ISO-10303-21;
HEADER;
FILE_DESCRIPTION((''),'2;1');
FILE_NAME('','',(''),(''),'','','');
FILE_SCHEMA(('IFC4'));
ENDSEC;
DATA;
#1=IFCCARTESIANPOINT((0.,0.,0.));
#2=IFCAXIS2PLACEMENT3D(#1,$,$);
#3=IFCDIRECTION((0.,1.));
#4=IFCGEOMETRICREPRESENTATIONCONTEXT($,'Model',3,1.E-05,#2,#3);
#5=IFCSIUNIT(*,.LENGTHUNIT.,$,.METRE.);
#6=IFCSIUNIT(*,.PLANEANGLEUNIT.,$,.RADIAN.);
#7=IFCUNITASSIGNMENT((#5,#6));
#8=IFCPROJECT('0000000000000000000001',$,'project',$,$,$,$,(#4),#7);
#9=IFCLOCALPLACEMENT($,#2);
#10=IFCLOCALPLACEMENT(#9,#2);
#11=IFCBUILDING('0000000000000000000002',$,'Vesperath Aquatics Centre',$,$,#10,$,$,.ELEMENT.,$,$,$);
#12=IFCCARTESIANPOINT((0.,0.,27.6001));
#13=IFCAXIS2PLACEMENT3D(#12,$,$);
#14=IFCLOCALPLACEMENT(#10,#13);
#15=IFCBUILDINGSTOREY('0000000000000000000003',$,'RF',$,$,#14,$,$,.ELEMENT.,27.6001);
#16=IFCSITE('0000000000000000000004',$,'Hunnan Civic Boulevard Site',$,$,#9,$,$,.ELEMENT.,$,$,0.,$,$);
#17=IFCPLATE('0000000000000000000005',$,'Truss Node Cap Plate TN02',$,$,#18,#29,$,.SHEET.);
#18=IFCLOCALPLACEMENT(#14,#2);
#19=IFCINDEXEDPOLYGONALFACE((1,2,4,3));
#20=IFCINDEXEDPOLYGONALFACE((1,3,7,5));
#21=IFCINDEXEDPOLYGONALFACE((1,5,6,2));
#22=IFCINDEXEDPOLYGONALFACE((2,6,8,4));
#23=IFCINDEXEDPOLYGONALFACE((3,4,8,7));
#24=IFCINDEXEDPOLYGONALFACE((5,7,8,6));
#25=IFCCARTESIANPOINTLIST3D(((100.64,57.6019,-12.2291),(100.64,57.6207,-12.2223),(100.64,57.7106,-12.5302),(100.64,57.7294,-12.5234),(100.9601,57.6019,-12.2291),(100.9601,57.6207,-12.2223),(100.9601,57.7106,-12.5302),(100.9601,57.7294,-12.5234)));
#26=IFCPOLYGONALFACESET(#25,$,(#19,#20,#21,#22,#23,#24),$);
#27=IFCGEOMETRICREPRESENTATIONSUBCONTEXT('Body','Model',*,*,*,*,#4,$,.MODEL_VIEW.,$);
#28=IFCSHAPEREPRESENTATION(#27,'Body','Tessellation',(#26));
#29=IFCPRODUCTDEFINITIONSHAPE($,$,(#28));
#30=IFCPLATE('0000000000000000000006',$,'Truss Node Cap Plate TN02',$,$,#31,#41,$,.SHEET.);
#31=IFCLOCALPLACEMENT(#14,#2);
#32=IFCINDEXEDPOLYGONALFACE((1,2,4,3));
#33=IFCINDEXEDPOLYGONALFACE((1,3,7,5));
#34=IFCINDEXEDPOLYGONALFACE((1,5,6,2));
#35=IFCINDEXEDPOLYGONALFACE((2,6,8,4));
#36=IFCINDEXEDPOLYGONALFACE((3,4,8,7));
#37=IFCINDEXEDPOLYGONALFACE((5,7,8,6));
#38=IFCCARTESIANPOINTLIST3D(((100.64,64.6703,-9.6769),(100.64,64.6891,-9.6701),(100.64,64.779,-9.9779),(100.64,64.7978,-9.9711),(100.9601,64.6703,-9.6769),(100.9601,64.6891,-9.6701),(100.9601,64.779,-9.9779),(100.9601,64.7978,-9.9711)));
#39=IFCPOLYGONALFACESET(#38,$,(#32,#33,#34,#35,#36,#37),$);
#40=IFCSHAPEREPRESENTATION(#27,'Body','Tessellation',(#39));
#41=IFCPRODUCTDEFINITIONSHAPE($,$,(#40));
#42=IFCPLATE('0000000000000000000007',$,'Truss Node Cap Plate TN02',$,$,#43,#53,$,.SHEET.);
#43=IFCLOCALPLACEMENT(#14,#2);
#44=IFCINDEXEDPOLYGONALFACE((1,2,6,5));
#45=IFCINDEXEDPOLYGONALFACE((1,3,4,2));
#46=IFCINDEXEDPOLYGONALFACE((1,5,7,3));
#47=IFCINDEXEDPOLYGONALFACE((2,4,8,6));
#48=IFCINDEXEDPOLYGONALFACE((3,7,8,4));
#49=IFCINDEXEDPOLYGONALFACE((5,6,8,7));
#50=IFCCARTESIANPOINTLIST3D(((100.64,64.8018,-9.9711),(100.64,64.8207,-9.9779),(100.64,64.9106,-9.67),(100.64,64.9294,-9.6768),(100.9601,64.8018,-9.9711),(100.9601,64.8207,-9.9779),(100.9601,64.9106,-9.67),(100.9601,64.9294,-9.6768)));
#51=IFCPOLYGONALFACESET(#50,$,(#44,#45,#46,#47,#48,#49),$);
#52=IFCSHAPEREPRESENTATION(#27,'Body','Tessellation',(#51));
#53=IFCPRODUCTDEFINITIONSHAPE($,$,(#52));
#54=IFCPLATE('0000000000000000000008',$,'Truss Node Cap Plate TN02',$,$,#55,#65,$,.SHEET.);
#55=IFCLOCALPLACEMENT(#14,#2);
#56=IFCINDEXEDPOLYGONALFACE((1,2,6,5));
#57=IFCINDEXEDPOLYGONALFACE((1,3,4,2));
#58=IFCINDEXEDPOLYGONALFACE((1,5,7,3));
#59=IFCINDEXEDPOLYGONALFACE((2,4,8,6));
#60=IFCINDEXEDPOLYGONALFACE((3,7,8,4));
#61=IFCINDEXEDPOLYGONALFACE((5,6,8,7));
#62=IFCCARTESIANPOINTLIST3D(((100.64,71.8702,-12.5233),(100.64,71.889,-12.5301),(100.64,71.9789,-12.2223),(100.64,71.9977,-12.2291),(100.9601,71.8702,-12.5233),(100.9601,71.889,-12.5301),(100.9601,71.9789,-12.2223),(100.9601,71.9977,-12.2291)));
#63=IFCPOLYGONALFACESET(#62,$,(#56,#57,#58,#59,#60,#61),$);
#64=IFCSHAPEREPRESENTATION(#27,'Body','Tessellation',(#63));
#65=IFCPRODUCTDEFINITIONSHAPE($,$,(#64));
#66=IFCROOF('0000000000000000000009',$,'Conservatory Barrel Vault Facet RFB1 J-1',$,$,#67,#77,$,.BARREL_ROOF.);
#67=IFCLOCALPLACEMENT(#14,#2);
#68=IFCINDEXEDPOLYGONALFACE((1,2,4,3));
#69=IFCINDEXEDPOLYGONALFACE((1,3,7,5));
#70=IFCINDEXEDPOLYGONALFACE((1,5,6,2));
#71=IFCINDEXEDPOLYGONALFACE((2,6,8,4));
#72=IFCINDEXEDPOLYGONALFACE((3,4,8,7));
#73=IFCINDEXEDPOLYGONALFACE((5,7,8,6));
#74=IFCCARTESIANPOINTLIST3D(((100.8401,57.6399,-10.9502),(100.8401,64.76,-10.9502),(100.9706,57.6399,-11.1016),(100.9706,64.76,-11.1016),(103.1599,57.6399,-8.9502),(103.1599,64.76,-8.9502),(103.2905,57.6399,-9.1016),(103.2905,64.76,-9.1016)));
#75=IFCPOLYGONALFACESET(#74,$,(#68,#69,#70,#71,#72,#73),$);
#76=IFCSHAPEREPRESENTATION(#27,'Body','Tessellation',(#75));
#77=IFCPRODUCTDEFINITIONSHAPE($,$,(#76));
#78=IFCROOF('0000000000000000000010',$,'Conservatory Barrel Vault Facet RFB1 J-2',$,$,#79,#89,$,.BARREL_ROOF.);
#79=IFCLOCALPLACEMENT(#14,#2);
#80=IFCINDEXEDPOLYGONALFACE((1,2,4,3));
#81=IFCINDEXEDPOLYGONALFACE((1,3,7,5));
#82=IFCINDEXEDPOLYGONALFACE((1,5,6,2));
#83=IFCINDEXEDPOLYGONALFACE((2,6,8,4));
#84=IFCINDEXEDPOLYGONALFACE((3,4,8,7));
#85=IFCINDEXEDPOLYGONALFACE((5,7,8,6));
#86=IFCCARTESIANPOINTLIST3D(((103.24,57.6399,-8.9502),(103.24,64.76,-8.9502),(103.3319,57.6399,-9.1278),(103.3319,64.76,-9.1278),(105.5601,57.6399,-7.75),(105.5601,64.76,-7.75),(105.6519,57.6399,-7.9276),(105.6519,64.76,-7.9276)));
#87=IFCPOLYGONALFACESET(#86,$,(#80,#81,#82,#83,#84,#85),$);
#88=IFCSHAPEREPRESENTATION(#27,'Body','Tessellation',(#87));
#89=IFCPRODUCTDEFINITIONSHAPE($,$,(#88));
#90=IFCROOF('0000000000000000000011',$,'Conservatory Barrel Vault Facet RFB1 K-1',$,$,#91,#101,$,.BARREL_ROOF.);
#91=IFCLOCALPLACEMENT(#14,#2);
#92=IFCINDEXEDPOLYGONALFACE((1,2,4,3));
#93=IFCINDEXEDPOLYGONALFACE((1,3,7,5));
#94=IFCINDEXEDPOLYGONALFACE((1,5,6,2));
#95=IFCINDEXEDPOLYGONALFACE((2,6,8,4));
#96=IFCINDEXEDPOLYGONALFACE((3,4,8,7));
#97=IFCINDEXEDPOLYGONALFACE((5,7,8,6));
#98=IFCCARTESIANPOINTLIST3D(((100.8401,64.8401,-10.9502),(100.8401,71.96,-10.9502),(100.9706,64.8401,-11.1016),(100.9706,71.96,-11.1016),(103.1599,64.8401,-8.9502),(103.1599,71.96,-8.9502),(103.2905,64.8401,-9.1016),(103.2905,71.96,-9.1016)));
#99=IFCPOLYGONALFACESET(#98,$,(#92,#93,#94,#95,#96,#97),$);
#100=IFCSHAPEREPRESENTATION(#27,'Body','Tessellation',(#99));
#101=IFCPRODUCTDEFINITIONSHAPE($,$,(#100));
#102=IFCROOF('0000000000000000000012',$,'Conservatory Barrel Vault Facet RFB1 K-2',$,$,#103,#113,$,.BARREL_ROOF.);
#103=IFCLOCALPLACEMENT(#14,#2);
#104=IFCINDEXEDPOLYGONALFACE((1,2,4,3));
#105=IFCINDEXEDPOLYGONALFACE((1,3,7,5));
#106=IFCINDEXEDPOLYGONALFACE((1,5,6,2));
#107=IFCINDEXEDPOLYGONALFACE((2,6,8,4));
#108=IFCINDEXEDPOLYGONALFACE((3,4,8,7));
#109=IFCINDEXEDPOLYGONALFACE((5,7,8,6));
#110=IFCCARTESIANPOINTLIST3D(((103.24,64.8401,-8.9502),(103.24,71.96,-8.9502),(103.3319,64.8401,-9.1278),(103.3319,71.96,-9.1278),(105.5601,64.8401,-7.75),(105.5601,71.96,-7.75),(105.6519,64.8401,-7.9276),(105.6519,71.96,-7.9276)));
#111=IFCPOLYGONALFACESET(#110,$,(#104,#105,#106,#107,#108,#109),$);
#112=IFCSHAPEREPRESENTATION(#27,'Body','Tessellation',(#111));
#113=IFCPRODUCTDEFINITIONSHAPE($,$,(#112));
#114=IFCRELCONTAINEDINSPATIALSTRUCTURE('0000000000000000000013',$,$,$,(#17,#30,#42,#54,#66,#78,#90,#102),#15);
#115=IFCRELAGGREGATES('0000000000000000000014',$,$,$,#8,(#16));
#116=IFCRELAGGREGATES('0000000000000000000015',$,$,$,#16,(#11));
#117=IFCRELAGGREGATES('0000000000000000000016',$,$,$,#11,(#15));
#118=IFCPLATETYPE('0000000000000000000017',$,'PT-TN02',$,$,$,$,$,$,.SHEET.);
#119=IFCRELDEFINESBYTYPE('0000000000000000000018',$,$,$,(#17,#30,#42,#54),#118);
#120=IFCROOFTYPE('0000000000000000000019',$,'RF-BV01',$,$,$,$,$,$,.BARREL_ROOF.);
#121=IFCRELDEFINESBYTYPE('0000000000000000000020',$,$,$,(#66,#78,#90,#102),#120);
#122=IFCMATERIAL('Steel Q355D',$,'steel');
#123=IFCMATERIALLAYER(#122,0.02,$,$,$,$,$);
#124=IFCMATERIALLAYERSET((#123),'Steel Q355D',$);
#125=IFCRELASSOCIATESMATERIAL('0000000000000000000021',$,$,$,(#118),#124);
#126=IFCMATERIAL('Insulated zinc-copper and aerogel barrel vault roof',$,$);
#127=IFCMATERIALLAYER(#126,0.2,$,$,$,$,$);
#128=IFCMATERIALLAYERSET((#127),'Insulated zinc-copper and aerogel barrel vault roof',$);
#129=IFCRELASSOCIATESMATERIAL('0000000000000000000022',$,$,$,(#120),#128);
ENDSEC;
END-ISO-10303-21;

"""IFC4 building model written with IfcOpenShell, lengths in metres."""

from ifc_helpers import new_model, si_unit, direction, frame, origin, origin_2d, place, context, subcontext, project, spatial, polyline, rectangle, outline, extrude, material, layer, layer_set, type_object, element, save


model = new_model("IFC4")

# Units and contexts
model_context = context("Model", 3, precision=1e-05, world=origin(), true_north=direction((0.0, 1.0)))
body_context = subcontext(model_context, "Body", "Model", "MODEL_VIEW")
ifc_project = project(units=[si_unit("LENGTHUNIT", "METRE"), si_unit("PLANEANGLEUNIT", "RADIAN")], contexts=[model_context])

# Site, building, storey
site_placement = place(None, origin())
site = spatial("IfcSite", under=ifc_project, at=site_placement, Name="Hunnan Civic Boulevard Site", CompositionType="ELEMENT", RefElevation=0.0)
building_placement = place(site_placement, origin())
building = spatial("IfcBuilding", under=site, at=building_placement, Name="Vesperath Aquatics Centre", CompositionType="ELEMENT")
storey_placement = place(building_placement, frame((0.0, 0.0, 27.6001)))
storey = spatial("IfcBuildingStorey", under=building, at=storey_placement, Name="RF", CompositionType="ELEMENT", Elevation=27.6001)

# Shared definitions
ifc_material_1 = material(Name="Steel Q355D", Category="steel")

# Plates
ifc_layer_1 = layer(ifc_material_1, 0.02)
ifc_layer_set_1 = layer_set([ifc_layer_1], Name="Steel Q355D")
plate_type = type_object("IfcPlateType", Name="PT-TN02", PredefinedType="SHEET", material=ifc_layer_set_1)
for number, where, z_axis, x_axis, name in (
    (1, (100.8, 57.6562, -12.3796), (0.0, 0.940554, 0.339644), (-1.0, 0.0, 0.0), "Truss Node Cap Plate TN02"),
    (2, (100.8, 64.7246, -9.8274), (0.0, 0.940554, 0.339644), (-1.0, 0.0, 0.0), "Truss Node Cap Plate TN02"),
    (3, (100.8, 64.8562, -9.8206), (0.0, 0.940554, -0.339644), (-1.0, 0.0, 0.0), "Truss Node Cap Plate TN02"),
    (4, (100.8, 71.9246, -12.3728), (0.0, 0.940554, -0.339644), (-1.0, 0.0, 0.0), "Truss Node Cap Plate TN02"),
):
    element("IfcPlate", number, at=place(storey_placement, frame(where, z_axis=z_axis, x_axis=x_axis)), inside=storey, type_object=plate_type, Name=name, PredefinedType="SHEET", context=body_context, shape_type="SweptSolid", body=[
        extrude(rectangle(XDim=0.3201, YDim=0.3201, at=origin_2d()), origin(), (0.0, 0.0, 1.0), 0.02),
    ])

# Roofs
ifc_material_2 = material(Name="Insulated zinc-copper and aerogel barrel vault roof")
ifc_layer_2 = layer(ifc_material_2, 0.2)
ifc_layer_set_2 = layer_set([ifc_layer_2], Name="Insulated zinc-copper and aerogel barrel vault roof")
roof_type = type_object("IfcRoofType", Name="RF-BV01", PredefinedType="BARREL_ROOF", material=ifc_layer_set_2)
roof_1_placement = place(storey_placement, frame((100.8401, 57.6399, -10.9502), z_axis=(-0.652968, 0.0, 0.757385), x_axis=(0.757385, 0.0, 0.652968)))
element("IfcRoof", 5, at=roof_1_placement, inside=storey, type_object=roof_type, Name="Conservatory Barrel Vault Facet RFB1 J-1", PredefinedType="BARREL_ROOF", context=body_context, shape_type="SweptSolid", body=[
    extrude(outline(polyline([(0.0, 0.0), (3.0629, 0.0), (3.0629, 7.1201), (0.0, 7.1201), (0.0, 0.0)])), origin(), (0.0, 0.0, -1.0), 0.2),
])
roof_2_placement = place(storey_placement, frame((103.24, 57.6399, -8.9502), z_axis=(-0.459471, 0.0, 0.888193), x_axis=(0.888193, 0.0, 0.459471)))
element("IfcRoof", 6, at=roof_2_placement, inside=storey, type_object=roof_type, Name="Conservatory Barrel Vault Facet RFB1 J-2", PredefinedType="BARREL_ROOF", context=body_context, shape_type="SweptSolid", body=[
    extrude(outline(polyline([(0.0, 0.0), (2.6121, 0.0), (2.6121, 7.1201), (0.0, 7.1201), (0.0, 0.0)])), origin(), (0.0, 0.0, -1.0), 0.2),
])
roof_3_placement = place(storey_placement, frame((100.8401, 64.8401, -10.9502), z_axis=(-0.652968, 0.0, 0.757385), x_axis=(0.757385, 0.0, 0.652968)))
element("IfcRoof", 7, at=roof_3_placement, inside=storey, type_object=roof_type, Name="Conservatory Barrel Vault Facet RFB1 K-1", PredefinedType="BARREL_ROOF", context=body_context, shape_type="SweptSolid", body=[
    extrude(outline(polyline([(0.0, 0.0), (3.0629, 0.0), (3.0629, 7.1199), (0.0, 7.1199), (0.0, 0.0)])), origin(), (0.0, 0.0, -1.0), 0.2),
])
roof_4_placement = place(storey_placement, frame((103.24, 64.8401, -8.9502), z_axis=(-0.459471, 0.0, 0.888193), x_axis=(0.888193, 0.0, 0.459471)))
element("IfcRoof", 8, at=roof_4_placement, inside=storey, type_object=roof_type, Name="Conservatory Barrel Vault Facet RFB1 K-2", PredefinedType="BARREL_ROOF", context=body_context, shape_type="SweptSolid", body=[
    extrude(outline(polyline([(0.0, 0.0), (2.6121, 0.0), (2.6121, 7.1199), (0.0, 7.1199), (0.0, 0.0)])), origin(), (0.0, 0.0, -1.0), 0.2),
])

save(model, "model.ifc")
